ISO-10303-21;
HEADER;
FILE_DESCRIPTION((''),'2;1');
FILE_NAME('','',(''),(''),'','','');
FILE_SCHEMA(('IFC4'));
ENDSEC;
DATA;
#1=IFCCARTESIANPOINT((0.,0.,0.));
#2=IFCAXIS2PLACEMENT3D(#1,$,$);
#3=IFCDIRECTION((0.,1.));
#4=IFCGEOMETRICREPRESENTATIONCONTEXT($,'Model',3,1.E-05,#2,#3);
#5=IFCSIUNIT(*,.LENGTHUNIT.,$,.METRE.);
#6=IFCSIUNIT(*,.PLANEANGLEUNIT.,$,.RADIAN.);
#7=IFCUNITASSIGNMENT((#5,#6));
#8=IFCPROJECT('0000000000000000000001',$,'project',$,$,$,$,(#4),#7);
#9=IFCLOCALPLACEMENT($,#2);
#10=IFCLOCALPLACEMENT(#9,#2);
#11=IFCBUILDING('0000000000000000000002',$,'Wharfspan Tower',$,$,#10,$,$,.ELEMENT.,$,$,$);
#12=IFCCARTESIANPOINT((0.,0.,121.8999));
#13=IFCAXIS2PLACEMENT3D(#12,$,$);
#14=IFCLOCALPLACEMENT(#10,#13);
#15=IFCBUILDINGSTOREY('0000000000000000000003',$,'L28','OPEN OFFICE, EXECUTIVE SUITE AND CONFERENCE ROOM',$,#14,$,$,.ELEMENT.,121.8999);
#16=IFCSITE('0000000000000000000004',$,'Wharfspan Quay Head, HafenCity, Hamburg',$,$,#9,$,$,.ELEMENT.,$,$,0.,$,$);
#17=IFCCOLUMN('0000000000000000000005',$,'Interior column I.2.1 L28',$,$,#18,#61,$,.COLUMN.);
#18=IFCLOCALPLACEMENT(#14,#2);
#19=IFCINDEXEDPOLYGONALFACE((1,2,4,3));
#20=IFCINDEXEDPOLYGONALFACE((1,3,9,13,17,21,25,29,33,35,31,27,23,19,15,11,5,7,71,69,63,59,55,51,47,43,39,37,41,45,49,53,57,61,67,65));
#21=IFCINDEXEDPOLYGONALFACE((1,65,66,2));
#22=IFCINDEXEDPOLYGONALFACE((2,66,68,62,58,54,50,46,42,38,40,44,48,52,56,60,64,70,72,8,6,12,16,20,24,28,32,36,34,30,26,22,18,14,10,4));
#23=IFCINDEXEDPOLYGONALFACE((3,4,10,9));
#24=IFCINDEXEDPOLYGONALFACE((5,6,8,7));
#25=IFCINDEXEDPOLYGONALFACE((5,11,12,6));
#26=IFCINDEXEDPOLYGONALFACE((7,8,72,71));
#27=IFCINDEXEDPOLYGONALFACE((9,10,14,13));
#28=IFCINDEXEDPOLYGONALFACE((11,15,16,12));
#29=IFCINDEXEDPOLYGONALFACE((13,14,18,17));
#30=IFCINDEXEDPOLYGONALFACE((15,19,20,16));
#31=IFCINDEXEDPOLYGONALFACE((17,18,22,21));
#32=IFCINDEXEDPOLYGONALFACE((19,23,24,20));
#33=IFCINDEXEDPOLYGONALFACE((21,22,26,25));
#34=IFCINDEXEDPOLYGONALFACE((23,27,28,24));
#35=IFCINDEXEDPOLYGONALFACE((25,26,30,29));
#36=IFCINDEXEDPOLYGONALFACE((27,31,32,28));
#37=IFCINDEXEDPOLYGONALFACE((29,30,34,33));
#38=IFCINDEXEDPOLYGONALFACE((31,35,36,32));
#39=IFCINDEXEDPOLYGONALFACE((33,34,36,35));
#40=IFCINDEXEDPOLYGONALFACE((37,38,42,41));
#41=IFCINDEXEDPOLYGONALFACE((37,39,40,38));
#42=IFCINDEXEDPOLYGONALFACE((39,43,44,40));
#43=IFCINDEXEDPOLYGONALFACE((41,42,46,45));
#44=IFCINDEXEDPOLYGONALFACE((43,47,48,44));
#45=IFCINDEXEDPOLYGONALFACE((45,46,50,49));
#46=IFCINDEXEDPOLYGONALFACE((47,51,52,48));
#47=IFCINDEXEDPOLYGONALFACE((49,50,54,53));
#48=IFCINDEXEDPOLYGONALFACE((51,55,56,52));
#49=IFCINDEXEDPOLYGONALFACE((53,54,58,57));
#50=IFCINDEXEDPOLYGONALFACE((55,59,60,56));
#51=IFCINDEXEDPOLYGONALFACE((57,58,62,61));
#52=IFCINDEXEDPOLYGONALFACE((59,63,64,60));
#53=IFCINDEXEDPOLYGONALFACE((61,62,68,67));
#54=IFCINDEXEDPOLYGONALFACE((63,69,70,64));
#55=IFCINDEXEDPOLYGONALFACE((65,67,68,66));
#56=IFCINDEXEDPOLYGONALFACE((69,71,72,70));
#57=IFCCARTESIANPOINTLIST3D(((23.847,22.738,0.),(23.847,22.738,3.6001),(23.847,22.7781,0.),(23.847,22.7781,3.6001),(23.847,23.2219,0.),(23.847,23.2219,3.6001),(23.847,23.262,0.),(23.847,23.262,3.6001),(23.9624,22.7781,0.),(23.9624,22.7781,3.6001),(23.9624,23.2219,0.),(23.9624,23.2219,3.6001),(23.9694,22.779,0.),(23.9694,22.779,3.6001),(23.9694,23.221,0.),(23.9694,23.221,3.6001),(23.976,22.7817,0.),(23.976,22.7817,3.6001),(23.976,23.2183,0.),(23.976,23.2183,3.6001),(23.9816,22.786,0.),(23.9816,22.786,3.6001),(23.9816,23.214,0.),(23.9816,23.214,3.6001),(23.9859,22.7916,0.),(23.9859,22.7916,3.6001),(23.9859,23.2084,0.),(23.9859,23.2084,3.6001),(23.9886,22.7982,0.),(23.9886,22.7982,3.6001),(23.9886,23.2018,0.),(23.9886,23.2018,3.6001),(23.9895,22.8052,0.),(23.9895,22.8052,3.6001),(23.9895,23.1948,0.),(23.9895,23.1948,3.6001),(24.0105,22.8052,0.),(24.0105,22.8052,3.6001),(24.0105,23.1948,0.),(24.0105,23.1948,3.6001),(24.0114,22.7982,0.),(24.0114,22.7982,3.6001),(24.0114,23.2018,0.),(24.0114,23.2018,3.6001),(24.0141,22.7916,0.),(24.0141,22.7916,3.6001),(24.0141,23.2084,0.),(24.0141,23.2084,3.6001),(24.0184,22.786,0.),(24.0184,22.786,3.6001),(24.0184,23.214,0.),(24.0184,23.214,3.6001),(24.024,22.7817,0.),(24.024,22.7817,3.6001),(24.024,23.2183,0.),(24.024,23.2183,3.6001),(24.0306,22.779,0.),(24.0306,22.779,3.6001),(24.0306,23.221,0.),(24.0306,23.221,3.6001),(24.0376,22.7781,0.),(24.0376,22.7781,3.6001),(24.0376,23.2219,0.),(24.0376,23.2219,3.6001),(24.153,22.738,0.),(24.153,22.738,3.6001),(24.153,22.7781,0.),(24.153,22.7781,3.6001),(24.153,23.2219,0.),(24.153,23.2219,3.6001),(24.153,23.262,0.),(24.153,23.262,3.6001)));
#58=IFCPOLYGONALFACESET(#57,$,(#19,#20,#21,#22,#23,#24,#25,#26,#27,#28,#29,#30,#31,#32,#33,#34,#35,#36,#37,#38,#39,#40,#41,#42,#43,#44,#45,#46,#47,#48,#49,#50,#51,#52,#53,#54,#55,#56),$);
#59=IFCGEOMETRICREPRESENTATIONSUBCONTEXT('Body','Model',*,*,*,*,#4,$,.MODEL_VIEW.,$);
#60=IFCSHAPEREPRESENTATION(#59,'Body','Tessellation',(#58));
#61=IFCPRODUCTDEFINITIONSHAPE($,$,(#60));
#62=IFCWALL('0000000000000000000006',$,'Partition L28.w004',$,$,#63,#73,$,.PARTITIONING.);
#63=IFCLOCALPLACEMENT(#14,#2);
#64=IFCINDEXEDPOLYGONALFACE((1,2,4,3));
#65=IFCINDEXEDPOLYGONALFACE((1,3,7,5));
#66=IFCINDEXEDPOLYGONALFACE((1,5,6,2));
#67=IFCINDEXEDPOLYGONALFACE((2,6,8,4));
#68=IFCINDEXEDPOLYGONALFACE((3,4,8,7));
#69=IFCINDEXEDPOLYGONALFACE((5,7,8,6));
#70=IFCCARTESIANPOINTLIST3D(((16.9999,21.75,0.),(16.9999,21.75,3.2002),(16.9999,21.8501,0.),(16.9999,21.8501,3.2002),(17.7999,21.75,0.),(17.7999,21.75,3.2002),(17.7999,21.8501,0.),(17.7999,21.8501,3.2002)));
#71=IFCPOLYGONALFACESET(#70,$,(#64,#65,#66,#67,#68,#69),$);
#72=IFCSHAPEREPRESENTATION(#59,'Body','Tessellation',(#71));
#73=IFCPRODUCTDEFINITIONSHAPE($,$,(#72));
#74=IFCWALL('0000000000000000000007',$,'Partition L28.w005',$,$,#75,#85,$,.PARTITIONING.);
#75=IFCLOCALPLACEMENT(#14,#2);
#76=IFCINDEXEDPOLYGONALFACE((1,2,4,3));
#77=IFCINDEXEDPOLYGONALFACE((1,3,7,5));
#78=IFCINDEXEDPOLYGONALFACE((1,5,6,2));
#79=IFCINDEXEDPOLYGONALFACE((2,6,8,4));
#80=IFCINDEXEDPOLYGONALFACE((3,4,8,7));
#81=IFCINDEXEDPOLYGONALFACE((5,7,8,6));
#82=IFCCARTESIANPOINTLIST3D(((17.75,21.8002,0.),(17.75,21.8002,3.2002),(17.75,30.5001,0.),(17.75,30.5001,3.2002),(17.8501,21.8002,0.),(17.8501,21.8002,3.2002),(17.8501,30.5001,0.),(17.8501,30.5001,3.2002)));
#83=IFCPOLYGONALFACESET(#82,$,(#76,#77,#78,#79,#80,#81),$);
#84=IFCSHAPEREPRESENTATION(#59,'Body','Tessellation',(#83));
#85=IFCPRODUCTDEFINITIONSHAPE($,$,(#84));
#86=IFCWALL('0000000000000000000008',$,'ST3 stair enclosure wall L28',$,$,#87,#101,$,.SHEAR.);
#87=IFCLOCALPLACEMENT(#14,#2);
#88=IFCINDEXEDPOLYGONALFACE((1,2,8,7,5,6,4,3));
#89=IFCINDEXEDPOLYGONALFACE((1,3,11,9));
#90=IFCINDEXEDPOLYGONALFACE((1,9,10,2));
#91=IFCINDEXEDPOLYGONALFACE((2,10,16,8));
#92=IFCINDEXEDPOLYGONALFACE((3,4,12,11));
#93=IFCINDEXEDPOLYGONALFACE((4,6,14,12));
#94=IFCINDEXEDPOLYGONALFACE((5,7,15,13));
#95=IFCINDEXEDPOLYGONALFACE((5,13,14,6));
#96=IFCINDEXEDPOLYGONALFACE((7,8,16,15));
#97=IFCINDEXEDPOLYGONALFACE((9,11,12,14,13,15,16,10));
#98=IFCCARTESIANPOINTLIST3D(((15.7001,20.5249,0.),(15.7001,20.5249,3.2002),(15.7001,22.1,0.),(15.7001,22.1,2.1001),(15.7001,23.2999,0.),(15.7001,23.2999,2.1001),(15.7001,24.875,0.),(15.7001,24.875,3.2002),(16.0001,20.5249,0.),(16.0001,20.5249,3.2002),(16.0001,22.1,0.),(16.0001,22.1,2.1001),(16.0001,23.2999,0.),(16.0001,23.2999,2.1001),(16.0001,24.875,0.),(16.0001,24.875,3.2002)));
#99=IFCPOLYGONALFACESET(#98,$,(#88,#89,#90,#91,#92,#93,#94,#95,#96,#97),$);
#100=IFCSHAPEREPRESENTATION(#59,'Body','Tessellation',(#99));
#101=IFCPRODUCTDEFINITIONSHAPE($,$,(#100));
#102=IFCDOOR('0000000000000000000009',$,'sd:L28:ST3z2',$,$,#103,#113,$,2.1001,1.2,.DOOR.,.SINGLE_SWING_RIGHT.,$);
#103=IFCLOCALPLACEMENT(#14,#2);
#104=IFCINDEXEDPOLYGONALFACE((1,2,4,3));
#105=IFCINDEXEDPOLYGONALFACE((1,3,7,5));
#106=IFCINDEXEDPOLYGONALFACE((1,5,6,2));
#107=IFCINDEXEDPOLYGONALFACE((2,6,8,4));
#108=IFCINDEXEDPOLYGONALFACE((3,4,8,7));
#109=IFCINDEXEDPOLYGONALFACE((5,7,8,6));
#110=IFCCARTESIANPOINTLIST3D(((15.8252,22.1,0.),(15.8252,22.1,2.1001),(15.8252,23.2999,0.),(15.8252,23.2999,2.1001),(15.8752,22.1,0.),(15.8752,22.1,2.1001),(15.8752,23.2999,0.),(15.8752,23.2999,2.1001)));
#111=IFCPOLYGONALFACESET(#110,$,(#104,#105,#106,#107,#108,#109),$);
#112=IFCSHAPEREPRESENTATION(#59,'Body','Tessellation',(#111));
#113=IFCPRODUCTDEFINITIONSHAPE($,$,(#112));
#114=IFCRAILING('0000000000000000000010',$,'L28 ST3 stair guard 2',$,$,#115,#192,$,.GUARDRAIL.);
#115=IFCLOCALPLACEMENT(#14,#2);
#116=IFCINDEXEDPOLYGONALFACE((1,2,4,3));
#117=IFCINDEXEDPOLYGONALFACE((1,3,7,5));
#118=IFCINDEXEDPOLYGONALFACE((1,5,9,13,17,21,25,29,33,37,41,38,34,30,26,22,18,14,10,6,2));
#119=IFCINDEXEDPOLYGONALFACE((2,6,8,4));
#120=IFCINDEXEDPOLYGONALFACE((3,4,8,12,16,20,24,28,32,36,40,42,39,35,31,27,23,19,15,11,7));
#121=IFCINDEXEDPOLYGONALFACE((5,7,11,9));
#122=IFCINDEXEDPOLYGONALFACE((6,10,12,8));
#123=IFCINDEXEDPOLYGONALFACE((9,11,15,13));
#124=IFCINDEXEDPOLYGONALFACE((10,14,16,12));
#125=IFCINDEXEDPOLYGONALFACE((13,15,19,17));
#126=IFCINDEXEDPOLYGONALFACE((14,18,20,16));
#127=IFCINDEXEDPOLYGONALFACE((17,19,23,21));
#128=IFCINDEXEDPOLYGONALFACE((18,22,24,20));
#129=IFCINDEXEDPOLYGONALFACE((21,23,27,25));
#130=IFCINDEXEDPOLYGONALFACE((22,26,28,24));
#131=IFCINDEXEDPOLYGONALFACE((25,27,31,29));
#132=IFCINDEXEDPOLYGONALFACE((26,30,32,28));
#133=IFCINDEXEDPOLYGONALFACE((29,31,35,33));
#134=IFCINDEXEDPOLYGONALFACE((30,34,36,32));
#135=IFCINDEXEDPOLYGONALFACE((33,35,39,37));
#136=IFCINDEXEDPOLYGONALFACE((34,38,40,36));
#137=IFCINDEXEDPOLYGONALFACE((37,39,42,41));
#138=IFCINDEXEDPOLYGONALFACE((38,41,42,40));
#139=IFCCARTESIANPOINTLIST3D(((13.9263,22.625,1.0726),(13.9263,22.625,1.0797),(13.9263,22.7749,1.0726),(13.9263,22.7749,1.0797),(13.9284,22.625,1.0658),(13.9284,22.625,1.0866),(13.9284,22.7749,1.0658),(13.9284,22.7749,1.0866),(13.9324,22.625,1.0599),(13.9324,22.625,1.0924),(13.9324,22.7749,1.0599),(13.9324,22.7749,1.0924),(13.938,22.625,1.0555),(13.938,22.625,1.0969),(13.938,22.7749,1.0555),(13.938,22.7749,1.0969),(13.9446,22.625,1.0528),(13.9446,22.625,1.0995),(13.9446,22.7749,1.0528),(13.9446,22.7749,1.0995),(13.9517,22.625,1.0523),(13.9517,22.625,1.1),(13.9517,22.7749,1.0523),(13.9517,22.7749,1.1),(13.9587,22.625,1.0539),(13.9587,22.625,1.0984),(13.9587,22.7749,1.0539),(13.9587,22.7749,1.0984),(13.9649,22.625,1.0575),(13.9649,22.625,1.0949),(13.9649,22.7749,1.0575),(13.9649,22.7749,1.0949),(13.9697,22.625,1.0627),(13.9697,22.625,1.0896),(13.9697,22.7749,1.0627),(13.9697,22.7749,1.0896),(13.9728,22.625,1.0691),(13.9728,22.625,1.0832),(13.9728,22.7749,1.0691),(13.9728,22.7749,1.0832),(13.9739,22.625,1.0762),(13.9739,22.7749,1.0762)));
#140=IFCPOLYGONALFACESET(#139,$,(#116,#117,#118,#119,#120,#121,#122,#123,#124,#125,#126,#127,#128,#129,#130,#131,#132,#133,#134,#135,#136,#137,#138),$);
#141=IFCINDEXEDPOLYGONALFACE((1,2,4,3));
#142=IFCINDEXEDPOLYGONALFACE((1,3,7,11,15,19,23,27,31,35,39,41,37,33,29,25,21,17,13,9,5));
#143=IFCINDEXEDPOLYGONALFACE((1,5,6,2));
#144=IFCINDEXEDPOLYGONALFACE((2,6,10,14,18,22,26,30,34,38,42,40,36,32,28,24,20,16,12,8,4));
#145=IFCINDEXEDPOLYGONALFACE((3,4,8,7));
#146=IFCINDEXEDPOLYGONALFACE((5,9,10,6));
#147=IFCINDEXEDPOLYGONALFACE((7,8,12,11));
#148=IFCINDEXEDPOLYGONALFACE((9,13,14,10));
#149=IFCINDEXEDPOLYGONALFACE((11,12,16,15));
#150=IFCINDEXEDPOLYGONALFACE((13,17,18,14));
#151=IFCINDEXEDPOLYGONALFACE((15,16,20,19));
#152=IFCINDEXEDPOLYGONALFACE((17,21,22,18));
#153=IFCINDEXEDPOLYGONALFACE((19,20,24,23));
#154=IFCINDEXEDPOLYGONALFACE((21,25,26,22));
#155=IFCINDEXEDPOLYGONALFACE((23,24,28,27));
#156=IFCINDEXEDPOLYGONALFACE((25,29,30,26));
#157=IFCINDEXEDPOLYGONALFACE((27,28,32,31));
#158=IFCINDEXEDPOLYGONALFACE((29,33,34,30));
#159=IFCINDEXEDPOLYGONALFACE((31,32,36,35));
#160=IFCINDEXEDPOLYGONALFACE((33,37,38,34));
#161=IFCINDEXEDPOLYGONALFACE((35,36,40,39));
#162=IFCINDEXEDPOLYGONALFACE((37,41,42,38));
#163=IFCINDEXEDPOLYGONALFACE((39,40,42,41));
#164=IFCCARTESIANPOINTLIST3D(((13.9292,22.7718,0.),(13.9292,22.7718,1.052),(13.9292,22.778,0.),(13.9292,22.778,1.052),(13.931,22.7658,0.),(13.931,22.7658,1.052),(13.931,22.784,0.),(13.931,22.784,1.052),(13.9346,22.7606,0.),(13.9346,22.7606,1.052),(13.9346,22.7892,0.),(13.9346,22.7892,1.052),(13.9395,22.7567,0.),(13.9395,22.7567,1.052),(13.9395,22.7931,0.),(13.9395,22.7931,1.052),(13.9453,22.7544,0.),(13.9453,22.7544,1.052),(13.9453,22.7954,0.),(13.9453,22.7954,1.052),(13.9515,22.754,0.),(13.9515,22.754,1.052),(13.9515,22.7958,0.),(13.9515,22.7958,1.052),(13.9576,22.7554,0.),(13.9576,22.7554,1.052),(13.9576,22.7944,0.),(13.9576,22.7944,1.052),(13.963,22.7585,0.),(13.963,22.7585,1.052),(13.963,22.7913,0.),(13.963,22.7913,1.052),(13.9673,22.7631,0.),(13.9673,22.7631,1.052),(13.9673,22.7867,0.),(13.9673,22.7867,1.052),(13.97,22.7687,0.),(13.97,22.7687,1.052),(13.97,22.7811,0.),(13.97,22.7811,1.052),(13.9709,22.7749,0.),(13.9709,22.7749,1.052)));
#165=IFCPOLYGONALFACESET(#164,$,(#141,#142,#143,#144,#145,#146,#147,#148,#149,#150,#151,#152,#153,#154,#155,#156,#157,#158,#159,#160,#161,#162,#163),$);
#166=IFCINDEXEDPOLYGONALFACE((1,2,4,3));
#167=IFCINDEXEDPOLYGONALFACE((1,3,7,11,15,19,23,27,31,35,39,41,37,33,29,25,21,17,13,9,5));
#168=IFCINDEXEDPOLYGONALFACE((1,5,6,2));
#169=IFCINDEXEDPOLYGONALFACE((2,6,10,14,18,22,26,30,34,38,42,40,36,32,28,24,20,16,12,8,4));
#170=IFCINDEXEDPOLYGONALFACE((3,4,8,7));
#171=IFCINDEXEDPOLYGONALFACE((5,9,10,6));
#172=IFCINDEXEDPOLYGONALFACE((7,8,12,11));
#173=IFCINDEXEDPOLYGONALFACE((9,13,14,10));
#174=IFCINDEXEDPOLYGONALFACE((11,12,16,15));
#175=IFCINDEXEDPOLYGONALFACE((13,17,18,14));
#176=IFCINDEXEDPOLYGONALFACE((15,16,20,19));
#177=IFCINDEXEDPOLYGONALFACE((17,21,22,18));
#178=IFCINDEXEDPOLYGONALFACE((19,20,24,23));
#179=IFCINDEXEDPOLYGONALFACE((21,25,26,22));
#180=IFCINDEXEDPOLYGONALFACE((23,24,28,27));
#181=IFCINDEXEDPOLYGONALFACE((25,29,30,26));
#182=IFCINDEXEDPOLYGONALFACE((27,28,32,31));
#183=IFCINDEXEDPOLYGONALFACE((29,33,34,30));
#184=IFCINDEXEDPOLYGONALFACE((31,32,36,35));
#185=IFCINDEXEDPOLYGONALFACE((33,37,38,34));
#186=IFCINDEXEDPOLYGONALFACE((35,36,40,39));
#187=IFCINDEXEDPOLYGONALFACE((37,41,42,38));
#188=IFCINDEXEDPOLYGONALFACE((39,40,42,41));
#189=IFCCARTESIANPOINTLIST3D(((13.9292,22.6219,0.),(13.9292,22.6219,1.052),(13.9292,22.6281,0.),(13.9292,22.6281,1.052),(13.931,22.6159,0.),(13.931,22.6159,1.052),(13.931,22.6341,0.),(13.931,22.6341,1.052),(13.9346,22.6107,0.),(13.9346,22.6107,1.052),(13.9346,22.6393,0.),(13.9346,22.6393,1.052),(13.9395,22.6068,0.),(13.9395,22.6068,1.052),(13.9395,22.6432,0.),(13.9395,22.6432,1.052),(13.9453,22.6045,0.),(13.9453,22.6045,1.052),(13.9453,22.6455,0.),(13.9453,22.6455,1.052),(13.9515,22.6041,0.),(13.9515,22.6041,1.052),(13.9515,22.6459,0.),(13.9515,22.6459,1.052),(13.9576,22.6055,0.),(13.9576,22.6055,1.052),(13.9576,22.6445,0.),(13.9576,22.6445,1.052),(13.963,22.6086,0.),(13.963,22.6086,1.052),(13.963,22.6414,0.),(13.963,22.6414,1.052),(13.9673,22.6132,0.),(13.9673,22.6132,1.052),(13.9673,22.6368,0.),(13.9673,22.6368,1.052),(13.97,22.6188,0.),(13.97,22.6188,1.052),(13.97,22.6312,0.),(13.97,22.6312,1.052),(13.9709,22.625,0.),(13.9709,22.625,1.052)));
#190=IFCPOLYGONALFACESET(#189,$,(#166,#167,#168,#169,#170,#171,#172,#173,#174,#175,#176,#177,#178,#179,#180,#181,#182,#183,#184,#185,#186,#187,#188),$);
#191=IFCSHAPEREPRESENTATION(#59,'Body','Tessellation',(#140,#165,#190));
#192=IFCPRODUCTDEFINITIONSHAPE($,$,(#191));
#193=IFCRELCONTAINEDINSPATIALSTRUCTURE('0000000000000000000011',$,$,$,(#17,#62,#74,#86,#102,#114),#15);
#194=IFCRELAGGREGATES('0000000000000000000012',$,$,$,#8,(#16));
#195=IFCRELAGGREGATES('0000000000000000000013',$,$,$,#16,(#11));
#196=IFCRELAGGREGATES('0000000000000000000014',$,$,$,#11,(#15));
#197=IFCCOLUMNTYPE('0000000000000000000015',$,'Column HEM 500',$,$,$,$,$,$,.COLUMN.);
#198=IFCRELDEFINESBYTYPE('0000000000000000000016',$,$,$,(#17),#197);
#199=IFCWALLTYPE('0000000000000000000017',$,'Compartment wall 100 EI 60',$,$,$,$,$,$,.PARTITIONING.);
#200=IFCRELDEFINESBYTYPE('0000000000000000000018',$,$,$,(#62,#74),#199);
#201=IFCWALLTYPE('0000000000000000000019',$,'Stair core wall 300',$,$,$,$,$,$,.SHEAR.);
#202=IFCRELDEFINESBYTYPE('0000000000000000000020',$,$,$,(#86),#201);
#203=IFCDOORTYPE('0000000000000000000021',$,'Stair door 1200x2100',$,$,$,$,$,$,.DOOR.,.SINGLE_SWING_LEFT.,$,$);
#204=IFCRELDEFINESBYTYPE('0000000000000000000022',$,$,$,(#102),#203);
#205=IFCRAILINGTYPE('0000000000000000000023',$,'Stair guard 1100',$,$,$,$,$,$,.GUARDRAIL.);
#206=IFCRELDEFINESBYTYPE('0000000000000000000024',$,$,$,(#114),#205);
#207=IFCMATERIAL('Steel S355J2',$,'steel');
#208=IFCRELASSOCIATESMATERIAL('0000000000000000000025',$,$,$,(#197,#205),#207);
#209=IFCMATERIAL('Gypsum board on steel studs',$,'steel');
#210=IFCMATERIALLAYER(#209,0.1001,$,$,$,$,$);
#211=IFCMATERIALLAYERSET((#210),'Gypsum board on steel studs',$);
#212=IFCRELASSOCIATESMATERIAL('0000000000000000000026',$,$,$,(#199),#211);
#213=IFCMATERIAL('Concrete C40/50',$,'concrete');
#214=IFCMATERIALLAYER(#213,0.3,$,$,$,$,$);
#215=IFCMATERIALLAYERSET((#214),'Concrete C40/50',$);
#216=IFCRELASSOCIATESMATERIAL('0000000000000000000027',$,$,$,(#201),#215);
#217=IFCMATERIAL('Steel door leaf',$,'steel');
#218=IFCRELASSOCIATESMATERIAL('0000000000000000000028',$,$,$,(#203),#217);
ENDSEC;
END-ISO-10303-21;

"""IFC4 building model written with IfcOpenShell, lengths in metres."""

from ifc_helpers import new_model, si_unit, direction, frame, frame_2d, origin, origin_2d, place, context, subcontext, project, spatial, rectangle, circle, i_section, extrude, material, layer, layer_set, material_profile, profile_set, type_object, element, fill, save


model = new_model("IFC4")

# Units and contexts
model_context = context("Model", 3, precision=1e-05, world=origin(), true_north=direction((0.0, 1.0)))
body_context = subcontext(model_context, "Body", "Model", "MODEL_VIEW")
ifc_project = project(units=[si_unit("LENGTHUNIT", "METRE"), si_unit("PLANEANGLEUNIT", "RADIAN")], contexts=[model_context])

# Site, building, storey
site_placement = place(None, origin())
site = spatial("IfcSite", under=ifc_project, at=site_placement, Name="Wharfspan Quay Head, HafenCity, Hamburg", CompositionType="ELEMENT", RefElevation=0.0)
building_placement = place(site_placement, origin())
building = spatial("IfcBuilding", under=site, at=building_placement, Name="Wharfspan Tower", CompositionType="ELEMENT")
storey_placement = place(building_placement, frame((0.0, 0.0, 121.8999)))
storey = spatial("IfcBuildingStorey", under=building, at=storey_placement, Name="L28", Description="OPEN OFFICE, EXECUTIVE SUITE AND CONFERENCE ROOM", CompositionType="ELEMENT", Elevation=121.8999)

# Column
ifc_material_1 = material(Name="Steel S355J2", Category="steel")
ifc_material_profile = material_profile(ifc_material_1, i_section(OverallWidth=0.3059, OverallDepth=0.5239, WebThickness=0.021, FlangeThickness=0.04, FilletRadius=0.0271, at=origin_2d()))
ifc_profile_set = profile_set([ifc_material_profile], Name="Steel S355J2")
column_type = type_object("IfcColumnType", Name="Column HEM 500", PredefinedType="COLUMN", material=ifc_profile_set)
column_placement = place(storey_placement, frame((24.0, 23.0, 0.0), z_axis=(0.0, 0.0, 1.0), x_axis=(1.0, 0.0, 0.0)))
element("IfcColumn", 1, at=column_placement, inside=storey, type_object=column_type, Name="Interior column I.2.1 L28", PredefinedType="COLUMN", context=body_context, shape_type="SweptSolid", body=[
    extrude(i_section(OverallWidth=0.3059, OverallDepth=0.5239, WebThickness=0.021, FlangeThickness=0.04, FilletRadius=0.0271, at=origin_2d()), origin(), (0.0, 0.0, 1.0), 3.6001),
])

# Walls
ifc_material_2 = material(Name="Gypsum board on steel studs", Category="steel")
ifc_layer_1 = layer(ifc_material_2, 0.1001)
ifc_layer_set_1 = layer_set([ifc_layer_1], Name="Gypsum board on steel studs")
wall_type_1 = type_object("IfcWallType", Name="Compartment wall 100 EI 60", PredefinedType="PARTITIONING", material=ifc_layer_set_1)
wall_1_placement = place(storey_placement, frame((17.0, 21.8, 0.0), z_axis=(0.0, 0.0, 1.0), x_axis=(1.0, 0.0, 0.0)))
element("IfcWall", 2, at=wall_1_placement, inside=storey, type_object=wall_type_1, Name="Partition L28.w004", PredefinedType="PARTITIONING", context=body_context, shape_type="SweptSolid", body=[
    extrude(rectangle(XDim=0.8, YDim=0.1001, at=frame_2d((0.3999, 0.0))), origin(), (0.0, 0.0, 1.0), 3.2002),
])
wall_2_placement = place(storey_placement, frame((17.8, 21.8, 0.0), z_axis=(0.0, 0.0, 1.0), x_axis=(0.0, 1.0, 0.0)))
element("IfcWall", 3, at=wall_2_placement, inside=storey, type_object=wall_type_1, Name="Partition L28.w005", PredefinedType="PARTITIONING", context=body_context, shape_type="SweptSolid", body=[
    extrude(rectangle(XDim=8.7, YDim=0.1001, at=frame_2d((4.3501, 0.0))), origin(), (0.0, 0.0, 1.0), 3.2002),
])

# Wall, opening, door
ifc_material_3 = material(Name="Concrete C40/50", Category="concrete")
ifc_layer_2 = layer(ifc_material_3, 0.3)
ifc_layer_set_2 = layer_set([ifc_layer_2], Name="Concrete C40/50")
wall_type_2 = type_object("IfcWallType", Name="Stair core wall 300", PredefinedType="SHEAR", material=ifc_layer_set_2)
wall_3_placement = place(storey_placement, frame((15.8501, 20.5249, 0.0), z_axis=(0.0, 0.0, 1.0), x_axis=(0.0, 1.0, 0.0)))
wall_3 = element("IfcWall", 4, at=wall_3_placement, inside=storey, type_object=wall_type_2, Name="ST3 stair enclosure wall L28", PredefinedType="SHEAR", context=body_context, shape_type="SweptSolid", body=[
    extrude(rectangle(XDim=4.3501, YDim=0.3, at=frame_2d((2.175, 0.0))), origin(), (0.0, 0.0, 1.0), 3.2002),
])
opening_placement = place(wall_3_placement, frame((1.575, 0.0, 0.0)))
opening = element("IfcOpeningElement", 5, at=opening_placement, cuts=wall_3, PredefinedType="OPENING", context=body_context, shape_type="SweptSolid", body=[
    extrude(rectangle(XDim=1.2, YDim=2.1001, at=frame_2d((0.6001, 1.05))), frame((0.0, 0.1599, 0.0), z_axis=(0.0, -1.0, 0.0), x_axis=(1.0, 0.0, 0.0)), (0.0, 0.0, 1.0), 0.3201),
])
ifc_material_4 = material(Name="Steel door leaf", Category="steel")
door_type = type_object("IfcDoorType", Name="Stair door 1200x2100", OperationType="SINGLE_SWING_LEFT", PredefinedType="DOOR", material=ifc_material_4)
door_placement = place(opening_placement, origin())
door = element("IfcDoor", 6, at=door_placement, inside=storey, type_object=door_type, Name="sd:L28:ST3z2", OperationType="SINGLE_SWING_RIGHT", OverallHeight=2.1001, OverallWidth=1.2, PredefinedType="DOOR", context=body_context, shape_type="SweptSolid", body=[
    extrude(rectangle(XDim=1.2, YDim=2.1001, at=frame_2d((0.6001, 1.05))), frame((0.0, 0.0249, 0.0), z_axis=(0.0, -1.0, 0.0), x_axis=(1.0, 0.0, 0.0)), (0.0, 0.0, 1.0), 0.05),
])
fill(opening, door)

# Railing
railing_type = type_object("IfcRailingType", Name="Stair guard 1100", PredefinedType="GUARDRAIL", material=ifc_material_1)
railing_placement = place(storey_placement, frame((13.95, 22.7749, 0.0)))
element("IfcRailing", 7, at=railing_placement, inside=storey, type_object=railing_type, Name="L28 ST3 stair guard 2", PredefinedType="GUARDRAIL", context=body_context, shape_type="SweptSolid", body=[
    extrude(circle(Radius=0.0239, at=origin_2d()), frame((0.0, 0.0, 1.0762), z_axis=(0.0, -1.0, 0.0), x_axis=(1.0, 0.0, 0.0)), (0.0, 0.0, 1.0), 0.1499),
    extrude(circle(Radius=0.021, at=origin_2d()), origin(), (0.0, 0.0, 1.0), 1.052),
    extrude(circle(Radius=0.021, at=origin_2d()), frame((0.0, -0.1499, 0.0)), (0.0, 0.0, 1.0), 1.052),
])

save(model, "model.ifc")
